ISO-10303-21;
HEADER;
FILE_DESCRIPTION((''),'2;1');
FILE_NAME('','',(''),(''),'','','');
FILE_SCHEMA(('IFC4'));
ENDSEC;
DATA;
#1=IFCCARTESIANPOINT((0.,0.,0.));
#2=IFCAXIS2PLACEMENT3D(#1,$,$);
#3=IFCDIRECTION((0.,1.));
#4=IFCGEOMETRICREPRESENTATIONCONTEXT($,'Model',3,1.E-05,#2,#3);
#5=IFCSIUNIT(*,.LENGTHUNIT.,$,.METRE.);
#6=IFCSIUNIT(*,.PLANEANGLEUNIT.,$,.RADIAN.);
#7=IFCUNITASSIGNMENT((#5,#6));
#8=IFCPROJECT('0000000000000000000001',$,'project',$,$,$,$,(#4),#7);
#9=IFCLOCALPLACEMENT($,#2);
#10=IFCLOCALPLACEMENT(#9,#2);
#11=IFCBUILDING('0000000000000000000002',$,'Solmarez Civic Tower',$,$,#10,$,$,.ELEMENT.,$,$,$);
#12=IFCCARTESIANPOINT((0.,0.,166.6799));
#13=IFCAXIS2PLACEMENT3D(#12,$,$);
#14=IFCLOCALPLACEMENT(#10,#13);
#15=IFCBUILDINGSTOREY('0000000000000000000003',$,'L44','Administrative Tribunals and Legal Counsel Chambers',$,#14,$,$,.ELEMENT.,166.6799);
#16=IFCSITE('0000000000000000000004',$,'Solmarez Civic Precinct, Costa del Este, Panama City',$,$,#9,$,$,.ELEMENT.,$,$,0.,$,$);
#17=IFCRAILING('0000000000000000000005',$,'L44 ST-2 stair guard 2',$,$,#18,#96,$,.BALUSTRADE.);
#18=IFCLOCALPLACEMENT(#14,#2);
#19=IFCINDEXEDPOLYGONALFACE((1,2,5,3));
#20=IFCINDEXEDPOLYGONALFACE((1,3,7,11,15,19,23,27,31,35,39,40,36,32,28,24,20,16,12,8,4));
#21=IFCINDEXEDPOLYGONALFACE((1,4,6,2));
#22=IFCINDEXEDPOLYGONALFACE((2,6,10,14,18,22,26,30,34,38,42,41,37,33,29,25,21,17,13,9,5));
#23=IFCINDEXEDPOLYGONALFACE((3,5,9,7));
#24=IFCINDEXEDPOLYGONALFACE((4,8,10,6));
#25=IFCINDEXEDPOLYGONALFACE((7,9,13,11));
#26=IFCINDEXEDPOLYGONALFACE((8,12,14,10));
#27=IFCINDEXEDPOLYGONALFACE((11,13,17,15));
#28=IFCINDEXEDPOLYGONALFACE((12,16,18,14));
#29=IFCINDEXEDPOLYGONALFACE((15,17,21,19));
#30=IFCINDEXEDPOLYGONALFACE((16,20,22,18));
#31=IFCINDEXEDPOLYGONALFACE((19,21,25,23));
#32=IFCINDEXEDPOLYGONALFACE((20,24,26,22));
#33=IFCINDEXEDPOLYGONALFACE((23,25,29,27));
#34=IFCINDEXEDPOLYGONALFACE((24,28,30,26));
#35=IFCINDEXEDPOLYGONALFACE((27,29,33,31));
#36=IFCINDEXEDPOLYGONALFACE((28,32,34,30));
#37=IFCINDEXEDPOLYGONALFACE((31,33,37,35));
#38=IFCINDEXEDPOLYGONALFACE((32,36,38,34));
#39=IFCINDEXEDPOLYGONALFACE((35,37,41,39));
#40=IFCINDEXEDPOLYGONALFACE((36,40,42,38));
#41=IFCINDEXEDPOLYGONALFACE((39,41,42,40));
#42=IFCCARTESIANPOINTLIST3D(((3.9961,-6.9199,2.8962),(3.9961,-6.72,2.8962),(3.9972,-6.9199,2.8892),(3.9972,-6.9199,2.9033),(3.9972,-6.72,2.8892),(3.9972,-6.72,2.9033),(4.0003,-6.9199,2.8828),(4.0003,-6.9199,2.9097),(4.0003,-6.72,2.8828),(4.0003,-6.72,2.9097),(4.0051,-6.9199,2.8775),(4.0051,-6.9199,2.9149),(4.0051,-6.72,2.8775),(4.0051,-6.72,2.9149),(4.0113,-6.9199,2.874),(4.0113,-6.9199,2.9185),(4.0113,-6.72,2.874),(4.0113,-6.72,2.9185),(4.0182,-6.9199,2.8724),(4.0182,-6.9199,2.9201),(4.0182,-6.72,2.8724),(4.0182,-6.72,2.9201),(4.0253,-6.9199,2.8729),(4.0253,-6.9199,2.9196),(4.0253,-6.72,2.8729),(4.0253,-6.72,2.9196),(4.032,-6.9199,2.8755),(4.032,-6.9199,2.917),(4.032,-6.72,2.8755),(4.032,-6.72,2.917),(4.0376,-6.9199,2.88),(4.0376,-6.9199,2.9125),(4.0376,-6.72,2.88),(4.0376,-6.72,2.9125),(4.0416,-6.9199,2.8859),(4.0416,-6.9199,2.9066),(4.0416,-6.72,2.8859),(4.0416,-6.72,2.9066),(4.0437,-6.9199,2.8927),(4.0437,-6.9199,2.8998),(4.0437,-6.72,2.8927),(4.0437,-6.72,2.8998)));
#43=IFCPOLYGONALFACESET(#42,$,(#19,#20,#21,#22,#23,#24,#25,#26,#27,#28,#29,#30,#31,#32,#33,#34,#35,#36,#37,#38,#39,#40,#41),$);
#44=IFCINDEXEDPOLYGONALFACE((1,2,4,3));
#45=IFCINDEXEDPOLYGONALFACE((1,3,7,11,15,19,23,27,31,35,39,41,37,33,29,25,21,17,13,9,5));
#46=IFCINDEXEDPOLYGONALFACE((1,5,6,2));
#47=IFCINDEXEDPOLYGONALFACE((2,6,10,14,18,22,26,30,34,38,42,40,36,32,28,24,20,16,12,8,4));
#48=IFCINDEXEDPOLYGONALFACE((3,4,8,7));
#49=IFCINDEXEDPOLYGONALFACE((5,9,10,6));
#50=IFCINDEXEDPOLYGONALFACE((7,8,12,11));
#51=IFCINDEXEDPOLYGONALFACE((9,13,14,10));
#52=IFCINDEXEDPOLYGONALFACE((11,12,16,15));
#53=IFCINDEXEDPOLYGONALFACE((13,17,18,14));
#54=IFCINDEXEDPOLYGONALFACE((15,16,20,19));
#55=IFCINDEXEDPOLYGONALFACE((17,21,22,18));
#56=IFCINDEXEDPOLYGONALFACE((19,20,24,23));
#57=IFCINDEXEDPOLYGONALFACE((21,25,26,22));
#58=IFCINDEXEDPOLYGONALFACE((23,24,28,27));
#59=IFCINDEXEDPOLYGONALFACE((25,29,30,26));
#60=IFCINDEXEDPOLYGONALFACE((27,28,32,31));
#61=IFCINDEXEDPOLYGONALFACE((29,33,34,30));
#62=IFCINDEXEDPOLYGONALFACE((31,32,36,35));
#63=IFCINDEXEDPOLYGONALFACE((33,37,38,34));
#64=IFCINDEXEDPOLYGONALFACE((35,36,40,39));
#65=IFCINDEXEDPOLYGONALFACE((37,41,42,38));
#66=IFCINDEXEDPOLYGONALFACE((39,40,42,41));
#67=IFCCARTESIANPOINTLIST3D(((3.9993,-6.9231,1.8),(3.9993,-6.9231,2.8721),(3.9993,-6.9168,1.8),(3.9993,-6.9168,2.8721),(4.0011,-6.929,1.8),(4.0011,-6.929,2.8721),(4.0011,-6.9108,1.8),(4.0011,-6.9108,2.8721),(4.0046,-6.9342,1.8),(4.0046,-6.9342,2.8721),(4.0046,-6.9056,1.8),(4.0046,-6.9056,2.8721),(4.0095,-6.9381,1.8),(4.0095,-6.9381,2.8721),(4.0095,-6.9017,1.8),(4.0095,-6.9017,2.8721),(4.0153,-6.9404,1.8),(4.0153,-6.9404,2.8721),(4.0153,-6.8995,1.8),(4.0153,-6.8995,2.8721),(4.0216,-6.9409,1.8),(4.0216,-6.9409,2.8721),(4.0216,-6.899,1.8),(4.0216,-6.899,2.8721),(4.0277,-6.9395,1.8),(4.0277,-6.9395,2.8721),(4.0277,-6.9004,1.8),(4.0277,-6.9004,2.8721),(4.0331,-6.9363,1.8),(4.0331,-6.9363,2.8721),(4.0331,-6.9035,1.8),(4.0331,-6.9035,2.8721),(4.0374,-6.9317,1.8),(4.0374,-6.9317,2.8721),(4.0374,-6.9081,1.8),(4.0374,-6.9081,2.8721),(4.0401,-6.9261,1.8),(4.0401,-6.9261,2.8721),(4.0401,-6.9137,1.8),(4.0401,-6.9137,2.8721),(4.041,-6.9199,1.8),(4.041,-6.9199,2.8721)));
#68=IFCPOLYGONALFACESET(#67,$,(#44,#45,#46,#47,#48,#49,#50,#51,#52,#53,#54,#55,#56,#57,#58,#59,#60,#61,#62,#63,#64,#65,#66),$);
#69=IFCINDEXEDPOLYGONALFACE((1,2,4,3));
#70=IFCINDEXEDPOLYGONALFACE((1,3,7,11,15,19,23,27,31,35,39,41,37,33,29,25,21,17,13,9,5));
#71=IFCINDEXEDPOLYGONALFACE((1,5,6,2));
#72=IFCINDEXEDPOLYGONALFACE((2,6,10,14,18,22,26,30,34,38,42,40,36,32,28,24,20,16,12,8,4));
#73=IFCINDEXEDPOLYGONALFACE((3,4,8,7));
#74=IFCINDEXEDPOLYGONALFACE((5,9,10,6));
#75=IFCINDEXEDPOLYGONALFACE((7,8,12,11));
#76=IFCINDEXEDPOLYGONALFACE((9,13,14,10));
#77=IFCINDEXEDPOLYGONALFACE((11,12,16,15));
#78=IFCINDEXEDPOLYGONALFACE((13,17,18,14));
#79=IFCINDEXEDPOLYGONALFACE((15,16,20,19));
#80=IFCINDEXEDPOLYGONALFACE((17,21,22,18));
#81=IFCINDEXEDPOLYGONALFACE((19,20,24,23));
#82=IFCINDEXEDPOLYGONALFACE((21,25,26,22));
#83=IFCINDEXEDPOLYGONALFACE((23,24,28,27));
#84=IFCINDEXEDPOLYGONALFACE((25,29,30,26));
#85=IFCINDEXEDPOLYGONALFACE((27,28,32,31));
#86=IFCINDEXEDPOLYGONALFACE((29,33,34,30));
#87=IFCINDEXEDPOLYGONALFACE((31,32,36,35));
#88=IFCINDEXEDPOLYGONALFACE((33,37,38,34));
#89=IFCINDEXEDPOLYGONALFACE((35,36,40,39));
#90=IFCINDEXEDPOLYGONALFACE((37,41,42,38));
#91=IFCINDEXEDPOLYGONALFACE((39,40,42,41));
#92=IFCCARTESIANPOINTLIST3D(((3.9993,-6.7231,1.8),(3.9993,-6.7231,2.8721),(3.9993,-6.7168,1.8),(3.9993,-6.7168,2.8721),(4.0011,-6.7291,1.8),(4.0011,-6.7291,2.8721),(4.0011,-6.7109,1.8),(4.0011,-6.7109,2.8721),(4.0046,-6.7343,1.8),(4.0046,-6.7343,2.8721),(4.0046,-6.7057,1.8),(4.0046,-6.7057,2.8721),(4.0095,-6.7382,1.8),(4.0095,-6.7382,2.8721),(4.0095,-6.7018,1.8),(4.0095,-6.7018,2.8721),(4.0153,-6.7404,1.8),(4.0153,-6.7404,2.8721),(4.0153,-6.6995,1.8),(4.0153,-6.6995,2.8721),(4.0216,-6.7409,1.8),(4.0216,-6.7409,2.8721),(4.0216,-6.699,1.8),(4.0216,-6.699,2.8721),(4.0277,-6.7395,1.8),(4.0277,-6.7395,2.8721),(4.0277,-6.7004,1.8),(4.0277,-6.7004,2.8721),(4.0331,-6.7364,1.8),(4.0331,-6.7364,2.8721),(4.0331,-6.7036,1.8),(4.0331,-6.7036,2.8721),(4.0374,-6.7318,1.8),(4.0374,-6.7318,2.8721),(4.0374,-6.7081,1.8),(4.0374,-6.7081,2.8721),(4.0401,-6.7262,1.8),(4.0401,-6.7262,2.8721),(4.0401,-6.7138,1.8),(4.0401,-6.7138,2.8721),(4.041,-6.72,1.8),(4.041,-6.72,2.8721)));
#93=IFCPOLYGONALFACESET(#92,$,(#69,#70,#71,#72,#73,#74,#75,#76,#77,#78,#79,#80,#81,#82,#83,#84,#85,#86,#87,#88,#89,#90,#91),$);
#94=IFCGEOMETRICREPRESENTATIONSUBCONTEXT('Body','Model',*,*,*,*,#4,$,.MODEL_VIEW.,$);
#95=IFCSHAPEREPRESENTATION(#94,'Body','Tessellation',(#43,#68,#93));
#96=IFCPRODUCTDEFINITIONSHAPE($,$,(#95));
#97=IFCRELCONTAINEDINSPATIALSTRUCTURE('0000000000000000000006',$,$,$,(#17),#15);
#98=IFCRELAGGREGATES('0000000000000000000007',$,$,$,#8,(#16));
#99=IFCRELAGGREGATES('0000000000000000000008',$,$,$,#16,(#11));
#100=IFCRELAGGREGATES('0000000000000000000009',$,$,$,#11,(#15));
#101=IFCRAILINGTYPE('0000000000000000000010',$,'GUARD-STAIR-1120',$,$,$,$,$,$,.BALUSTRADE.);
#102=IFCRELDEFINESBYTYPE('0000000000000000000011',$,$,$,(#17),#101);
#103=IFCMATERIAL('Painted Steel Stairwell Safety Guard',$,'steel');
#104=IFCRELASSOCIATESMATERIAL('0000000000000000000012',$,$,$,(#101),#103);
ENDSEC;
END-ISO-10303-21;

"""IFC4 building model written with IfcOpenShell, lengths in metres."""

from ifc_helpers import new_model, si_unit, direction, frame, origin, origin_2d, place, context, subcontext, project, spatial, circle, extrude, material, type_object, element, save


model = new_model("IFC4")

# Units and contexts
model_context = context("Model", 3, precision=1e-05, world=origin(), true_north=direction((0.0, 1.0)))
body_context = subcontext(model_context, "Body", "Model", "MODEL_VIEW")
ifc_project = project(units=[si_unit("LENGTHUNIT", "METRE"), si_unit("PLANEANGLEUNIT", "RADIAN")], contexts=[model_context])

# Site, building, storey
site_placement = place(None, origin())
site = spatial("IfcSite", under=ifc_project, at=site_placement, Name="Solmarez Civic Precinct, Costa del Este, Panama City", CompositionType="ELEMENT", RefElevation=0.0)
building_placement = place(site_placement, origin())
building = spatial("IfcBuilding", under=site, at=building_placement, Name="Solmarez Civic Tower", CompositionType="ELEMENT")
storey_placement = place(building_placement, frame((0.0, 0.0, 166.6799)))
storey = spatial("IfcBuildingStorey", under=building, at=storey_placement, Name="L44", Description="Administrative Tribunals and Legal Counsel Chambers", CompositionType="ELEMENT", Elevation=166.6799)

# Railing
ifc_material_1 = material(Name="Painted Steel Stairwell Safety Guard", Category="steel")
railing_type_1 = type_object("IfcRailingType", Name="GUARD-STAIR-1120", PredefinedType="BALUSTRADE", material=ifc_material_1)
railing_1_placement = place(storey_placement, frame((4.02, -6.9199, 1.8)))
element("IfcRailing", 1, at=railing_1_placement, inside=storey, type_object=railing_type_1, Name="L44 ST-2 stair guard 2", PredefinedType="BALUSTRADE", context=body_context, shape_type="SweptSolid", body=[
    extrude(circle(Radius=0.0239, at=origin_2d()), frame((0.0, 0.0, 1.0962), z_axis=(0.0, 1.0, 0.0), x_axis=(-1.0, 0.0, 0.0)), (0.0, 0.0, 1.0), 0.2),
    extrude(circle(Radius=0.021, at=origin_2d()), origin(), (0.0, 0.0, 1.0), 1.072),
    extrude(circle(Radius=0.021, at=origin_2d()), frame((0.0, 0.2, 0.0)), (0.0, 0.0, 1.0), 1.072),
])

save(model, "model.ifc")
